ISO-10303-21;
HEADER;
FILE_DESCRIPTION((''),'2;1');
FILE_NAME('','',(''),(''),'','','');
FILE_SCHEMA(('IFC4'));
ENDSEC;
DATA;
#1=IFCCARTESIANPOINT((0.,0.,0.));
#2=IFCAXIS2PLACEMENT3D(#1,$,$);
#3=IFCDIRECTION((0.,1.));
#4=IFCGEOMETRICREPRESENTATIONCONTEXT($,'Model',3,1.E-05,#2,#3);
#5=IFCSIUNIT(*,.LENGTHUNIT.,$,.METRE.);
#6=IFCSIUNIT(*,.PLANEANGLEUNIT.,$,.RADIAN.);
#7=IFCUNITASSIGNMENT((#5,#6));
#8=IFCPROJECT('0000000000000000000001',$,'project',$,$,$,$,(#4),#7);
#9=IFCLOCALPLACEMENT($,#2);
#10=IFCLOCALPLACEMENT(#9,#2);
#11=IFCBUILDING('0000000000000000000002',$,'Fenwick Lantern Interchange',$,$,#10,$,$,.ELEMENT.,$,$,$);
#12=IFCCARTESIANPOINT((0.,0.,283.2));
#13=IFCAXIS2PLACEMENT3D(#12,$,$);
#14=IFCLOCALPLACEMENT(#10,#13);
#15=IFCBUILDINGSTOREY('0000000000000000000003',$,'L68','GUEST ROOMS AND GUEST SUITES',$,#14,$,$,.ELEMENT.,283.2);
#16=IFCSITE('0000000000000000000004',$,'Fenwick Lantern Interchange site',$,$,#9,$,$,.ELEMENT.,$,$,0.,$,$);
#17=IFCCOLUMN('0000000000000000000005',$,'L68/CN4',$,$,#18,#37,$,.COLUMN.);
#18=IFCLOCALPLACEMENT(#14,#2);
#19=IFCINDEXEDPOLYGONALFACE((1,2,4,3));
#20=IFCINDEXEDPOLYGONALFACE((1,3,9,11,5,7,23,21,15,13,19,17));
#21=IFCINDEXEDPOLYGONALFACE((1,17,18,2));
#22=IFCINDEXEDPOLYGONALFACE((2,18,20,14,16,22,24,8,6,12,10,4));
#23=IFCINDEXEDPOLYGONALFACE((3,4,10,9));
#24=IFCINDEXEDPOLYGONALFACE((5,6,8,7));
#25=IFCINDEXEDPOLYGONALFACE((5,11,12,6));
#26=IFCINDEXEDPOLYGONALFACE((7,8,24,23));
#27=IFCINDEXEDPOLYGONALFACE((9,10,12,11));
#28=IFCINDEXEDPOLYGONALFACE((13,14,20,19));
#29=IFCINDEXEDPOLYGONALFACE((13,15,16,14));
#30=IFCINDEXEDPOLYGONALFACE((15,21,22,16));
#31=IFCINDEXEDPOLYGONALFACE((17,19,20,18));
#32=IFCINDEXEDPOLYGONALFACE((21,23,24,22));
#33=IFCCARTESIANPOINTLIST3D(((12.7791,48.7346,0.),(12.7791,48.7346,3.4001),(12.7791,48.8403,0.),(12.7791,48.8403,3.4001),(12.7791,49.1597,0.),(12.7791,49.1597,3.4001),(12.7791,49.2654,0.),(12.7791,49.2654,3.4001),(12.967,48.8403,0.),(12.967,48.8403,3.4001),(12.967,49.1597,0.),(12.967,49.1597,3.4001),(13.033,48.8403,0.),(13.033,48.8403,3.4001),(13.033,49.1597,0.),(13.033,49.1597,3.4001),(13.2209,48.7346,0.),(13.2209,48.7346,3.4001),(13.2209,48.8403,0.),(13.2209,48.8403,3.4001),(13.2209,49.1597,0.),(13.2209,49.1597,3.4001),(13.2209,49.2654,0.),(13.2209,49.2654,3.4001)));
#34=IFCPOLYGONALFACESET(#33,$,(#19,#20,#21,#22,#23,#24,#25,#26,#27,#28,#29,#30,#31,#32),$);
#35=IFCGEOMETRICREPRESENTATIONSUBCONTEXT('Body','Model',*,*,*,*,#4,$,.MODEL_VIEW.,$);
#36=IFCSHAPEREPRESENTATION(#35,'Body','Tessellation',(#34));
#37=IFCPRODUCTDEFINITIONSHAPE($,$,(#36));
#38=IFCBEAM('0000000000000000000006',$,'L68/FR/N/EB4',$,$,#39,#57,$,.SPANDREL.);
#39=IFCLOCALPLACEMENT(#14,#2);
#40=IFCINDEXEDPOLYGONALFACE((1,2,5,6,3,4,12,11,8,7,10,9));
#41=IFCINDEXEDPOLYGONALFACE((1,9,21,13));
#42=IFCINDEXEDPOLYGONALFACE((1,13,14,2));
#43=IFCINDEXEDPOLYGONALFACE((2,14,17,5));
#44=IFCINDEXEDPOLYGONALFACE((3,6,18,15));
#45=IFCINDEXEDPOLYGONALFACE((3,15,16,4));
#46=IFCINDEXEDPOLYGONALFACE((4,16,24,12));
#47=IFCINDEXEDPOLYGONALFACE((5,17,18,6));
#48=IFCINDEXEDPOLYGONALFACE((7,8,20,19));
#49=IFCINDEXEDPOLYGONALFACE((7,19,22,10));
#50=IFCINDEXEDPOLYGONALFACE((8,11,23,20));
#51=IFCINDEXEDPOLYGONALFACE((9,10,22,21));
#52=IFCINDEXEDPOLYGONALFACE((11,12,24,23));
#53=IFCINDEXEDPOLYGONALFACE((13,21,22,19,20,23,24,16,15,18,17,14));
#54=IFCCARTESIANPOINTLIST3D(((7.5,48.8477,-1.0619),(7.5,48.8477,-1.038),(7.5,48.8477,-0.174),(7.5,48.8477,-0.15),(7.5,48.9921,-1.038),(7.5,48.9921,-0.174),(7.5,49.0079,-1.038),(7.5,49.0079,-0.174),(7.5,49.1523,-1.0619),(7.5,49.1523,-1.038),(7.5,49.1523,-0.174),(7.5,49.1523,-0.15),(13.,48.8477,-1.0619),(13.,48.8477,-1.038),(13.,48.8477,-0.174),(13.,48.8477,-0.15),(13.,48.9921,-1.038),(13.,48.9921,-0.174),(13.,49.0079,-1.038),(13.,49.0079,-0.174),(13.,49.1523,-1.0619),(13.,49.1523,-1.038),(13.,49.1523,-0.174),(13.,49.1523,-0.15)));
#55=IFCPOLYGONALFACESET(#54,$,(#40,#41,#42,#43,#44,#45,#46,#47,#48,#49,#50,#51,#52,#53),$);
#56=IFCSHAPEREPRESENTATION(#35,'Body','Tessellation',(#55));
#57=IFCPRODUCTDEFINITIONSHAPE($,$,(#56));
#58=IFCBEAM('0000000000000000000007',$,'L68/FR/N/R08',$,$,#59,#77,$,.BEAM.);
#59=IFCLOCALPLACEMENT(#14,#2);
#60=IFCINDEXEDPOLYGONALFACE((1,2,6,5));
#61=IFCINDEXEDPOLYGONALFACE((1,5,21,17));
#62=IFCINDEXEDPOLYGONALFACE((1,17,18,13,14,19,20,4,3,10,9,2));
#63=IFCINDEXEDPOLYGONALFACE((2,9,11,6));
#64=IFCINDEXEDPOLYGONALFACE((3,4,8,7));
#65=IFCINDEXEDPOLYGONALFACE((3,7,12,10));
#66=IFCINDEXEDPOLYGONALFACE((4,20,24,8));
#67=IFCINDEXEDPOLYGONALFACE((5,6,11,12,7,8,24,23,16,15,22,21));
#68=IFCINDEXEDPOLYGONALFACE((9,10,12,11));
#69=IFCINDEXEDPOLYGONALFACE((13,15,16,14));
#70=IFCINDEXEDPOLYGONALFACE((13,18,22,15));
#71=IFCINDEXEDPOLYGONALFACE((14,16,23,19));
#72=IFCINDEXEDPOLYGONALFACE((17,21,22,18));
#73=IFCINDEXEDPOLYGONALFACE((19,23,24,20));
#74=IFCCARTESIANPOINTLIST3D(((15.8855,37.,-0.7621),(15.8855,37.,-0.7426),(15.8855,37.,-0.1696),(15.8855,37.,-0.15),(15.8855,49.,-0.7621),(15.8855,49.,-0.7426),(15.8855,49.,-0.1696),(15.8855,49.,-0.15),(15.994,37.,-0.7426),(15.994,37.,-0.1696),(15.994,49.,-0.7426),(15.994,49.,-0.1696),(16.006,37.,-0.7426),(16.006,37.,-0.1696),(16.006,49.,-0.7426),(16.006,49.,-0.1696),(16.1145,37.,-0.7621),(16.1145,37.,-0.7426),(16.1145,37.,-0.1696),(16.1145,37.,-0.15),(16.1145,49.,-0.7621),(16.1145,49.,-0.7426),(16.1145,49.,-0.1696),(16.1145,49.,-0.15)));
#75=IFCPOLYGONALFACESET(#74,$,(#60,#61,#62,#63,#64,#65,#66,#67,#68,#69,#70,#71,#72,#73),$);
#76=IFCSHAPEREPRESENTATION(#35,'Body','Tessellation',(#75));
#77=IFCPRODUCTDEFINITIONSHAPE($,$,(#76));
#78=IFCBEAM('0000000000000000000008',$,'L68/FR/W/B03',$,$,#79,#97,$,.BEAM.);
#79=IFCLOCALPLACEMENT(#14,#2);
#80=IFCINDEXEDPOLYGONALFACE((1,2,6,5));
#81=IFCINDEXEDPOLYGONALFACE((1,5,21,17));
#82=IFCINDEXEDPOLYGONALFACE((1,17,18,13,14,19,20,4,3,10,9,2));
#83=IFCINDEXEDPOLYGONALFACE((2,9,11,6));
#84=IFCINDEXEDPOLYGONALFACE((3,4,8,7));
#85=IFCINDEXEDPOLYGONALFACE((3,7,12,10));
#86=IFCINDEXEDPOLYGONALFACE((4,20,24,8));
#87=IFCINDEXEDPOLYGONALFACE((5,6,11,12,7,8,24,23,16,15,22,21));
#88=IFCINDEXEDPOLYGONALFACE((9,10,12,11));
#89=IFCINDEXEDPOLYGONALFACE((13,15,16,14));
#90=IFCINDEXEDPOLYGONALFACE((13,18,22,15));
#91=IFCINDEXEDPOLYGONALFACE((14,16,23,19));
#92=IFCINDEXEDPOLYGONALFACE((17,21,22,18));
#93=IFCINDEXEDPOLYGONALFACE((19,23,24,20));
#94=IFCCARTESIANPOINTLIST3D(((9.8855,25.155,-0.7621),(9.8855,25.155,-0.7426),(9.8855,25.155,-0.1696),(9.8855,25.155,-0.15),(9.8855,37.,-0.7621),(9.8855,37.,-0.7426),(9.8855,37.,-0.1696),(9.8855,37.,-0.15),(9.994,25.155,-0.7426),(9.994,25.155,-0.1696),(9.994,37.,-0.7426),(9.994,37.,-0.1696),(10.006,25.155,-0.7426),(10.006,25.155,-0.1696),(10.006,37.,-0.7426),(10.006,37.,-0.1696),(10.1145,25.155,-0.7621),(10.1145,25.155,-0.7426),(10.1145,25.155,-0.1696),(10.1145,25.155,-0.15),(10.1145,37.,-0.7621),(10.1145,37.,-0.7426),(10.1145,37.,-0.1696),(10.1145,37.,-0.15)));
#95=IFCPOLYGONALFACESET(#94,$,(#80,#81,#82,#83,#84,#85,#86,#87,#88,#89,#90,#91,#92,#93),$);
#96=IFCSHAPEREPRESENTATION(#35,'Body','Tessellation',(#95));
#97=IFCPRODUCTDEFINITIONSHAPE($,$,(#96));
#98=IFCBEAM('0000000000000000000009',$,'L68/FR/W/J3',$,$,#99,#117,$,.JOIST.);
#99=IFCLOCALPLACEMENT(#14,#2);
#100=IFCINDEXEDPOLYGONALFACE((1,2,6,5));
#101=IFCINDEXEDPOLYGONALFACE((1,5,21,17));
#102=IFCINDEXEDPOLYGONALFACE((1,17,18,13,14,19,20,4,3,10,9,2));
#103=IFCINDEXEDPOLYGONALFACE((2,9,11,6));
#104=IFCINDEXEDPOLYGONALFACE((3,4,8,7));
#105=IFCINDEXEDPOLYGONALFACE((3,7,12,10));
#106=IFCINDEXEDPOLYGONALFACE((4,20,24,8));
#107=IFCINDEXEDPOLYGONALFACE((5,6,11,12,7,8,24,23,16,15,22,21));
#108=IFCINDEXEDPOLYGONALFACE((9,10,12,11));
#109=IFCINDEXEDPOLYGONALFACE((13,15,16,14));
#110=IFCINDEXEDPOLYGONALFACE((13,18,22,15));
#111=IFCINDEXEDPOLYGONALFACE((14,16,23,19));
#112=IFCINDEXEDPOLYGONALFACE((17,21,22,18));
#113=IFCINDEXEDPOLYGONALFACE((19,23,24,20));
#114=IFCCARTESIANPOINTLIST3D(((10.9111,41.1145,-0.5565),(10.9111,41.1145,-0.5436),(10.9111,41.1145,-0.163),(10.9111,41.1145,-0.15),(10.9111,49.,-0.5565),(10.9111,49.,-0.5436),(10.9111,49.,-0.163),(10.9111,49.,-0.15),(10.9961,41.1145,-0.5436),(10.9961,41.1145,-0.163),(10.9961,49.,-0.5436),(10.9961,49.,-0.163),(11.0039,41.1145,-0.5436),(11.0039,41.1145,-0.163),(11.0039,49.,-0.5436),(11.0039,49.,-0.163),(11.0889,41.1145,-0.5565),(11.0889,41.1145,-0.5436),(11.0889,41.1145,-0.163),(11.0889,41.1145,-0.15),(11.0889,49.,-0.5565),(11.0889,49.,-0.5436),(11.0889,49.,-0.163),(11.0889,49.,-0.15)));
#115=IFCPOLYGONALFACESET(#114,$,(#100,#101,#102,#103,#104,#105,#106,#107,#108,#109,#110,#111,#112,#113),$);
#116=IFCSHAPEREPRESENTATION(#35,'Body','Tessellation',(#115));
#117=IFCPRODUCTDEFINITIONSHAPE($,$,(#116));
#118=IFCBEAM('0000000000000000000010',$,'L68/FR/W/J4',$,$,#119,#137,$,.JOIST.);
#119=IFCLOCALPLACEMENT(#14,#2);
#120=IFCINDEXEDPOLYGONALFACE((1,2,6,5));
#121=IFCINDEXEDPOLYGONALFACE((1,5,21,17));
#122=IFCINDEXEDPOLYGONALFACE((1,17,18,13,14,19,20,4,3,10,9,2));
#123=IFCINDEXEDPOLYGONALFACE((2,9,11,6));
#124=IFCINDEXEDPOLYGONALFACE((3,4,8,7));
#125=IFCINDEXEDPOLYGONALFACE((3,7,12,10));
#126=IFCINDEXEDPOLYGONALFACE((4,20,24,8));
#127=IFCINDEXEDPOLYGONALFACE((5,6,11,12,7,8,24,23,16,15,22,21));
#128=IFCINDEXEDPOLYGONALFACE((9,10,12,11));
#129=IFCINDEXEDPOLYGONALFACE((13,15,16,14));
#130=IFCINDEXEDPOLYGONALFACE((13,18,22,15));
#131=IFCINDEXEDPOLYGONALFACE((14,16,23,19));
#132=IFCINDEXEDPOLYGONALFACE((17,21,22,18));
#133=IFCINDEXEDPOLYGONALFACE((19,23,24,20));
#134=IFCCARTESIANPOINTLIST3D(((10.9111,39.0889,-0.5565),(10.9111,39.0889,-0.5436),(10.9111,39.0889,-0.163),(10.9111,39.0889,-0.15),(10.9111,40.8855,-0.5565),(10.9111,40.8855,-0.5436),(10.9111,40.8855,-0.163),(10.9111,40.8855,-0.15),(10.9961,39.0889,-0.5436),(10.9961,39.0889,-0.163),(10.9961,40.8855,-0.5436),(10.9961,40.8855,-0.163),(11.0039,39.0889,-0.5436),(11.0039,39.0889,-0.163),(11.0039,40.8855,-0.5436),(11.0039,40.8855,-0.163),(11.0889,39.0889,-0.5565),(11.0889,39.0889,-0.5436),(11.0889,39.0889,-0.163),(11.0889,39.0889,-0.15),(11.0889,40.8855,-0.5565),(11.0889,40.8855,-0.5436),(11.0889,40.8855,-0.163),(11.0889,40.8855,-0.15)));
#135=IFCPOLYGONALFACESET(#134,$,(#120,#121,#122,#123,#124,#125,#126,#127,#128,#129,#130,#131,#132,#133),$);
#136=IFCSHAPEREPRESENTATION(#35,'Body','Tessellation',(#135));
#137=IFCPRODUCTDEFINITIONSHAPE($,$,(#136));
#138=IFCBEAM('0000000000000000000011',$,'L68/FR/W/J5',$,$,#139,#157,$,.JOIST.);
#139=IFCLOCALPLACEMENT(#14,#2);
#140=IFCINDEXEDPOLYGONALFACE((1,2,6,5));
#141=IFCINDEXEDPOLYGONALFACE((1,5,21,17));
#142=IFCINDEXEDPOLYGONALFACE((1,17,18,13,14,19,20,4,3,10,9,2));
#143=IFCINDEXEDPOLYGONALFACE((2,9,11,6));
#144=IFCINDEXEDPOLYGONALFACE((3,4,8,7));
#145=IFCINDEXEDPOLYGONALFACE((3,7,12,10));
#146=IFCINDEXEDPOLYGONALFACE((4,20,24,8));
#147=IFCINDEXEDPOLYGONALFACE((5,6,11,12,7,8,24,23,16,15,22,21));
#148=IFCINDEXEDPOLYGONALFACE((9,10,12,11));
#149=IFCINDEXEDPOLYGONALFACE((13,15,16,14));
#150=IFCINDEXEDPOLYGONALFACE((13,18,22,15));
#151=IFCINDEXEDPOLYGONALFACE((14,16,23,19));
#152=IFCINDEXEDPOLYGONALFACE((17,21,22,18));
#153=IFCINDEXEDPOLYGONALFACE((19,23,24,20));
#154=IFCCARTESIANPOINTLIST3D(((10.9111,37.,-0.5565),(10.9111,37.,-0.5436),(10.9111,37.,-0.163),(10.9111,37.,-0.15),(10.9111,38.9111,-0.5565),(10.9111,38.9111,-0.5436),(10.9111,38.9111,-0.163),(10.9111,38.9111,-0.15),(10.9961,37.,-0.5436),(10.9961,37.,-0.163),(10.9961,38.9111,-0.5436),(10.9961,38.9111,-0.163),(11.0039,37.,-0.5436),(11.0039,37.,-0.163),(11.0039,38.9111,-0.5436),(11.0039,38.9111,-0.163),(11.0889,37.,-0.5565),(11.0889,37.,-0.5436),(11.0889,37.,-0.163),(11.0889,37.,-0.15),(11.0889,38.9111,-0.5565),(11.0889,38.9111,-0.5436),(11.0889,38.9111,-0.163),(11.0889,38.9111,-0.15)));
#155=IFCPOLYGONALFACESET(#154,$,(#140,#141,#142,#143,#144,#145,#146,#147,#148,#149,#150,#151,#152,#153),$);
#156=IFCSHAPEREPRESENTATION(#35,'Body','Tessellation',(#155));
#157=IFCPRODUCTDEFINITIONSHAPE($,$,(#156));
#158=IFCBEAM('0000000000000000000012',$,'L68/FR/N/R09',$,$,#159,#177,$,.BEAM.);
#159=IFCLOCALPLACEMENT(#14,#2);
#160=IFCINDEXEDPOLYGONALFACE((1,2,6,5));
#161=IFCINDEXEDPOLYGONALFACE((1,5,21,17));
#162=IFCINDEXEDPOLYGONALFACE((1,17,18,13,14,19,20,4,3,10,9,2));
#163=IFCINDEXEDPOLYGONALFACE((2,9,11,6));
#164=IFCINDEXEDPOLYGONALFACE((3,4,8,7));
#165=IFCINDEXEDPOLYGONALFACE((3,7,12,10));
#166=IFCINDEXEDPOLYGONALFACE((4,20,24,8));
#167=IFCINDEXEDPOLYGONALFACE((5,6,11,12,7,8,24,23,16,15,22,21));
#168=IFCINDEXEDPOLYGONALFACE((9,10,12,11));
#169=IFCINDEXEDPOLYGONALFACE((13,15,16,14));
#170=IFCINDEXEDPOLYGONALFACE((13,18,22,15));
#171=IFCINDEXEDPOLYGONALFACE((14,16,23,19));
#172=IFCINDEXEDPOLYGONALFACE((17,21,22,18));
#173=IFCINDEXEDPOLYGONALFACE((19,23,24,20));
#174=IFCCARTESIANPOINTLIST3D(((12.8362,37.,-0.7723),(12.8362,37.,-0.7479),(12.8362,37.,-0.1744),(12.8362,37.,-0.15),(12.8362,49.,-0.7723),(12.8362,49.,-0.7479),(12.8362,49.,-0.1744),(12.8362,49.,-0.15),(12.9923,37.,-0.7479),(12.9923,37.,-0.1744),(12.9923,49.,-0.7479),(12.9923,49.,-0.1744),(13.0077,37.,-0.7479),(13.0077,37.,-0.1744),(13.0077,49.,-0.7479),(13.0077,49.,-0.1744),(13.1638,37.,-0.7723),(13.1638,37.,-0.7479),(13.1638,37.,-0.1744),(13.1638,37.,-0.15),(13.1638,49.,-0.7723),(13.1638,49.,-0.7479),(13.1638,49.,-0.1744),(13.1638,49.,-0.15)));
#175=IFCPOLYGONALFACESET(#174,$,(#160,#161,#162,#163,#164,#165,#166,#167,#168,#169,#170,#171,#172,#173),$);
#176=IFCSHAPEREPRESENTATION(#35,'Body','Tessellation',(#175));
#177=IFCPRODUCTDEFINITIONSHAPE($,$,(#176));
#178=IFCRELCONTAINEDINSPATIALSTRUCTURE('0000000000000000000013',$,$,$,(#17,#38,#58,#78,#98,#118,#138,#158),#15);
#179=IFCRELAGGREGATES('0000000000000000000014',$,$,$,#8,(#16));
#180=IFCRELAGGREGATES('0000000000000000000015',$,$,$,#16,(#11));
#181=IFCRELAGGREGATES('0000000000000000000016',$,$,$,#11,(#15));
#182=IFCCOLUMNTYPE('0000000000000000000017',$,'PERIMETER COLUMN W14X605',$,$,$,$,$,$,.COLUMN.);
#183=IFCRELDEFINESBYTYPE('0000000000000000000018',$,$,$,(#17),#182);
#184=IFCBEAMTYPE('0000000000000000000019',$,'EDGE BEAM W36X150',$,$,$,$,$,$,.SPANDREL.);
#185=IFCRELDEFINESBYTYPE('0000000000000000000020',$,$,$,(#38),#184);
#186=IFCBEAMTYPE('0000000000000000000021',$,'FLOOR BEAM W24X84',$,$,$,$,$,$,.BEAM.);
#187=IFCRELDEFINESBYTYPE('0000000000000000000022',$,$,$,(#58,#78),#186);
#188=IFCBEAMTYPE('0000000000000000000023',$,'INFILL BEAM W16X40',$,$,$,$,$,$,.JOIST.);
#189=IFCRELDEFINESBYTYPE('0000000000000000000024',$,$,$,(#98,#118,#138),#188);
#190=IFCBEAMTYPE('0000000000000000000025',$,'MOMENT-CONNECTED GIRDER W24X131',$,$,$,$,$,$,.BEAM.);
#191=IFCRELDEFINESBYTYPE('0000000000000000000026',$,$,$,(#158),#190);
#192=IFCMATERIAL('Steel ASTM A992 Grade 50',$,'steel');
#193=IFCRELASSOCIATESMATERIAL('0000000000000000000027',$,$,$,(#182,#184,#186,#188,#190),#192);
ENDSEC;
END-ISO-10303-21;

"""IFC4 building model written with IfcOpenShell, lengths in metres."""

from ifc_helpers import new_model, si_unit, direction, frame, origin, origin_2d, place, context, subcontext, project, spatial, i_section, extrude, material, material_profile, profile_set, type_object, element, save


model = new_model("IFC4")

# Units and contexts
model_context = context("Model", 3, precision=1e-05, world=origin(), true_north=direction((0.0, 1.0)))
body_context = subcontext(model_context, "Body", "Model", "MODEL_VIEW")
ifc_project = project(units=[si_unit("LENGTHUNIT", "METRE"), si_unit("PLANEANGLEUNIT", "RADIAN")], contexts=[model_context])

# Site, building, storey
site_placement = place(None, origin())
site = spatial("IfcSite", under=ifc_project, at=site_placement, Name="Fenwick Lantern Interchange site", CompositionType="ELEMENT", RefElevation=0.0)
building_placement = place(site_placement, origin())
building = spatial("IfcBuilding", under=site, at=building_placement, Name="Fenwick Lantern Interchange", CompositionType="ELEMENT")
storey_placement = place(building_placement, frame((0.0, 0.0, 283.2)))
storey = spatial("IfcBuildingStorey", under=building, at=storey_placement, Name="L68", Description="GUEST ROOMS AND GUEST SUITES", CompositionType="ELEMENT", Elevation=283.2)

# Column
ifc_material_1 = material(Name="Steel ASTM A992 Grade 50", Category="steel")
ifc_material_profile_1 = material_profile(ifc_material_1, i_section(OverallWidth=0.4419, OverallDepth=0.5308, WebThickness=0.0659, FlangeThickness=0.1057, at=origin_2d()), Name="W14X605")
ifc_profile_set_1 = profile_set([ifc_material_profile_1], Name="Steel ASTM A992 Grade 50")
column_type = type_object("IfcColumnType", Name="PERIMETER COLUMN W14X605", PredefinedType="COLUMN", material=ifc_profile_set_1)
column_placement = place(storey_placement, frame((13.0, 49.0, 0.0), z_axis=(0.0, 0.0, 1.0), x_axis=(1.0, 0.0, 0.0)))
element("IfcColumn", 1, at=column_placement, inside=storey, type_object=column_type, Name="L68/CN4", PredefinedType="COLUMN", context=body_context, shape_type="SweptSolid", body=[
    extrude(i_section(OverallWidth=0.4419, OverallDepth=0.5308, WebThickness=0.0659, FlangeThickness=0.1057, at=origin_2d()), origin(), (0.0, 0.0, 1.0), 3.4001),
])

# Beams
ifc_material_profile_2 = material_profile(ifc_material_1, i_section(OverallWidth=0.3047, OverallDepth=0.9119, WebThickness=0.0159, FlangeThickness=0.0239, at=origin_2d()), Name="W36X150")
ifc_profile_set_2 = profile_set([ifc_material_profile_2], Name="Steel ASTM A992 Grade 50")
beam_type_1 = type_object("IfcBeamType", Name="EDGE BEAM W36X150", PredefinedType="SPANDREL", material=ifc_profile_set_2)
beam_1_placement = place(storey_placement, frame((13.0, 49.0, -0.606), z_axis=(-1.0, 0.0, 0.0), x_axis=(0.0, -1.0, 0.0)))
element("IfcBeam", 2, at=beam_1_placement, inside=storey, type_object=beam_type_1, Name="L68/FR/N/EB4", PredefinedType="SPANDREL", context=body_context, shape_type="SweptSolid", body=[
    extrude(i_section(OverallWidth=0.3047, OverallDepth=0.9119, WebThickness=0.0159, FlangeThickness=0.0239, at=origin_2d()), origin(), (0.0, 0.0, 1.0), 5.5),
])
ifc_material_profile_3 = material_profile(ifc_material_1, i_section(OverallWidth=0.229, OverallDepth=0.6121, WebThickness=0.012, FlangeThickness=0.0195, at=origin_2d()), Name="W24X84")
ifc_profile_set_3 = profile_set([ifc_material_profile_3], Name="Steel ASTM A992 Grade 50")
beam_type_2 = type_object("IfcBeamType", Name="FLOOR BEAM W24X84", PredefinedType="BEAM", material=ifc_profile_set_3)
beam_2_placement = place(storey_placement, frame((16.0, 49.0, -0.4561), z_axis=(0.0, -1.0, 0.0), x_axis=(1.0, 0.0, 0.0)))
element("IfcBeam", 3, at=beam_2_placement, inside=storey, type_object=beam_type_2, Name="L68/FR/N/R08", PredefinedType="BEAM", context=body_context, shape_type="SweptSolid", body=[
    extrude(i_section(OverallWidth=0.229, OverallDepth=0.6121, WebThickness=0.012, FlangeThickness=0.0195, at=origin_2d()), origin(), (0.0, 0.0, 1.0), 12.0),
])
beam_3_placement = place(storey_placement, frame((10.0, 37.0, -0.4561), z_axis=(0.0, -1.0, 0.0), x_axis=(1.0, 0.0, 0.0)))
element("IfcBeam", 4, at=beam_3_placement, inside=storey, type_object=beam_type_2, Name="L68/FR/W/B03", PredefinedType="BEAM", context=body_context, shape_type="SweptSolid", body=[
    extrude(i_section(OverallWidth=0.229, OverallDepth=0.6121, WebThickness=0.012, FlangeThickness=0.0195, at=origin_2d()), origin(), (0.0, 0.0, 1.0), 11.845),
])
ifc_material_profile_4 = material_profile(ifc_material_1, i_section(OverallWidth=0.1777, OverallDepth=0.4065, WebThickness=0.0078, FlangeThickness=0.0129, at=origin_2d()), Name="W16X40")
ifc_profile_set_4 = profile_set([ifc_material_profile_4], Name="Steel ASTM A992 Grade 50")
beam_type_3 = type_object("IfcBeamType", Name="INFILL BEAM W16X40", PredefinedType="JOIST", material=ifc_profile_set_4)
beam_4_placement = place(storey_placement, frame((11.0, 49.0, -0.3533), z_axis=(0.0, -1.0, 0.0), x_axis=(1.0, 0.0, 0.0)))
element("IfcBeam", 5, at=beam_4_placement, inside=storey, type_object=beam_type_3, Name="L68/FR/W/J3", PredefinedType="JOIST", context=body_context, shape_type="SweptSolid", body=[
    extrude(i_section(OverallWidth=0.1777, OverallDepth=0.4065, WebThickness=0.0078, FlangeThickness=0.0129, at=origin_2d()), origin(), (0.0, 0.0, 1.0), 7.8855),
])
beam_5_placement = place(storey_placement, frame((11.0, 40.8855, -0.3533), z_axis=(0.0, -1.0, 0.0), x_axis=(1.0, 0.0, 0.0)))
element("IfcBeam", 6, at=beam_5_placement, inside=storey, type_object=beam_type_3, Name="L68/FR/W/J4", PredefinedType="JOIST", context=body_context, shape_type="SweptSolid", body=[
    extrude(i_section(OverallWidth=0.1777, OverallDepth=0.4065, WebThickness=0.0078, FlangeThickness=0.0129, at=origin_2d()), origin(), (0.0, 0.0, 1.0), 1.7966),
])
beam_6_placement = place(storey_placement, frame((11.0, 38.9111, -0.3533), z_axis=(0.0, -1.0, 0.0), x_axis=(1.0, 0.0, 0.0)))
element("IfcBeam", 7, at=beam_6_placement, inside=storey, type_object=beam_type_3, Name="L68/FR/W/J5", PredefinedType="JOIST", context=body_context, shape_type="SweptSolid", body=[
    extrude(i_section(OverallWidth=0.1777, OverallDepth=0.4065, WebThickness=0.0078, FlangeThickness=0.0129, at=origin_2d()), origin(), (0.0, 0.0, 1.0), 1.9111),
])
ifc_material_profile_5 = material_profile(ifc_material_1, i_section(OverallWidth=0.3276, OverallDepth=0.6223, WebThickness=0.0154, FlangeThickness=0.0244, at=origin_2d()), Name="W24X131")
ifc_profile_set_5 = profile_set([ifc_material_profile_5], Name="Steel ASTM A992 Grade 50")
beam_type_4 = type_object("IfcBeamType", Name="MOMENT-CONNECTED GIRDER W24X131", PredefinedType="BEAM", material=ifc_profile_set_5)
beam_7_placement = place(storey_placement, frame((13.0, 49.0, -0.4612), z_axis=(0.0, -1.0, 0.0), x_axis=(1.0, 0.0, 0.0)))
element("IfcBeam", 8, at=beam_7_placement, inside=storey, type_object=beam_type_4, Name="L68/FR/N/R09", PredefinedType="BEAM", context=body_context, shape_type="SweptSolid", body=[
    extrude(i_section(OverallWidth=0.3276, OverallDepth=0.6223, WebThickness=0.0154, FlangeThickness=0.0244, at=origin_2d()), origin(), (0.0, 0.0, 1.0), 12.0),
])

save(model, "model.ifc")
